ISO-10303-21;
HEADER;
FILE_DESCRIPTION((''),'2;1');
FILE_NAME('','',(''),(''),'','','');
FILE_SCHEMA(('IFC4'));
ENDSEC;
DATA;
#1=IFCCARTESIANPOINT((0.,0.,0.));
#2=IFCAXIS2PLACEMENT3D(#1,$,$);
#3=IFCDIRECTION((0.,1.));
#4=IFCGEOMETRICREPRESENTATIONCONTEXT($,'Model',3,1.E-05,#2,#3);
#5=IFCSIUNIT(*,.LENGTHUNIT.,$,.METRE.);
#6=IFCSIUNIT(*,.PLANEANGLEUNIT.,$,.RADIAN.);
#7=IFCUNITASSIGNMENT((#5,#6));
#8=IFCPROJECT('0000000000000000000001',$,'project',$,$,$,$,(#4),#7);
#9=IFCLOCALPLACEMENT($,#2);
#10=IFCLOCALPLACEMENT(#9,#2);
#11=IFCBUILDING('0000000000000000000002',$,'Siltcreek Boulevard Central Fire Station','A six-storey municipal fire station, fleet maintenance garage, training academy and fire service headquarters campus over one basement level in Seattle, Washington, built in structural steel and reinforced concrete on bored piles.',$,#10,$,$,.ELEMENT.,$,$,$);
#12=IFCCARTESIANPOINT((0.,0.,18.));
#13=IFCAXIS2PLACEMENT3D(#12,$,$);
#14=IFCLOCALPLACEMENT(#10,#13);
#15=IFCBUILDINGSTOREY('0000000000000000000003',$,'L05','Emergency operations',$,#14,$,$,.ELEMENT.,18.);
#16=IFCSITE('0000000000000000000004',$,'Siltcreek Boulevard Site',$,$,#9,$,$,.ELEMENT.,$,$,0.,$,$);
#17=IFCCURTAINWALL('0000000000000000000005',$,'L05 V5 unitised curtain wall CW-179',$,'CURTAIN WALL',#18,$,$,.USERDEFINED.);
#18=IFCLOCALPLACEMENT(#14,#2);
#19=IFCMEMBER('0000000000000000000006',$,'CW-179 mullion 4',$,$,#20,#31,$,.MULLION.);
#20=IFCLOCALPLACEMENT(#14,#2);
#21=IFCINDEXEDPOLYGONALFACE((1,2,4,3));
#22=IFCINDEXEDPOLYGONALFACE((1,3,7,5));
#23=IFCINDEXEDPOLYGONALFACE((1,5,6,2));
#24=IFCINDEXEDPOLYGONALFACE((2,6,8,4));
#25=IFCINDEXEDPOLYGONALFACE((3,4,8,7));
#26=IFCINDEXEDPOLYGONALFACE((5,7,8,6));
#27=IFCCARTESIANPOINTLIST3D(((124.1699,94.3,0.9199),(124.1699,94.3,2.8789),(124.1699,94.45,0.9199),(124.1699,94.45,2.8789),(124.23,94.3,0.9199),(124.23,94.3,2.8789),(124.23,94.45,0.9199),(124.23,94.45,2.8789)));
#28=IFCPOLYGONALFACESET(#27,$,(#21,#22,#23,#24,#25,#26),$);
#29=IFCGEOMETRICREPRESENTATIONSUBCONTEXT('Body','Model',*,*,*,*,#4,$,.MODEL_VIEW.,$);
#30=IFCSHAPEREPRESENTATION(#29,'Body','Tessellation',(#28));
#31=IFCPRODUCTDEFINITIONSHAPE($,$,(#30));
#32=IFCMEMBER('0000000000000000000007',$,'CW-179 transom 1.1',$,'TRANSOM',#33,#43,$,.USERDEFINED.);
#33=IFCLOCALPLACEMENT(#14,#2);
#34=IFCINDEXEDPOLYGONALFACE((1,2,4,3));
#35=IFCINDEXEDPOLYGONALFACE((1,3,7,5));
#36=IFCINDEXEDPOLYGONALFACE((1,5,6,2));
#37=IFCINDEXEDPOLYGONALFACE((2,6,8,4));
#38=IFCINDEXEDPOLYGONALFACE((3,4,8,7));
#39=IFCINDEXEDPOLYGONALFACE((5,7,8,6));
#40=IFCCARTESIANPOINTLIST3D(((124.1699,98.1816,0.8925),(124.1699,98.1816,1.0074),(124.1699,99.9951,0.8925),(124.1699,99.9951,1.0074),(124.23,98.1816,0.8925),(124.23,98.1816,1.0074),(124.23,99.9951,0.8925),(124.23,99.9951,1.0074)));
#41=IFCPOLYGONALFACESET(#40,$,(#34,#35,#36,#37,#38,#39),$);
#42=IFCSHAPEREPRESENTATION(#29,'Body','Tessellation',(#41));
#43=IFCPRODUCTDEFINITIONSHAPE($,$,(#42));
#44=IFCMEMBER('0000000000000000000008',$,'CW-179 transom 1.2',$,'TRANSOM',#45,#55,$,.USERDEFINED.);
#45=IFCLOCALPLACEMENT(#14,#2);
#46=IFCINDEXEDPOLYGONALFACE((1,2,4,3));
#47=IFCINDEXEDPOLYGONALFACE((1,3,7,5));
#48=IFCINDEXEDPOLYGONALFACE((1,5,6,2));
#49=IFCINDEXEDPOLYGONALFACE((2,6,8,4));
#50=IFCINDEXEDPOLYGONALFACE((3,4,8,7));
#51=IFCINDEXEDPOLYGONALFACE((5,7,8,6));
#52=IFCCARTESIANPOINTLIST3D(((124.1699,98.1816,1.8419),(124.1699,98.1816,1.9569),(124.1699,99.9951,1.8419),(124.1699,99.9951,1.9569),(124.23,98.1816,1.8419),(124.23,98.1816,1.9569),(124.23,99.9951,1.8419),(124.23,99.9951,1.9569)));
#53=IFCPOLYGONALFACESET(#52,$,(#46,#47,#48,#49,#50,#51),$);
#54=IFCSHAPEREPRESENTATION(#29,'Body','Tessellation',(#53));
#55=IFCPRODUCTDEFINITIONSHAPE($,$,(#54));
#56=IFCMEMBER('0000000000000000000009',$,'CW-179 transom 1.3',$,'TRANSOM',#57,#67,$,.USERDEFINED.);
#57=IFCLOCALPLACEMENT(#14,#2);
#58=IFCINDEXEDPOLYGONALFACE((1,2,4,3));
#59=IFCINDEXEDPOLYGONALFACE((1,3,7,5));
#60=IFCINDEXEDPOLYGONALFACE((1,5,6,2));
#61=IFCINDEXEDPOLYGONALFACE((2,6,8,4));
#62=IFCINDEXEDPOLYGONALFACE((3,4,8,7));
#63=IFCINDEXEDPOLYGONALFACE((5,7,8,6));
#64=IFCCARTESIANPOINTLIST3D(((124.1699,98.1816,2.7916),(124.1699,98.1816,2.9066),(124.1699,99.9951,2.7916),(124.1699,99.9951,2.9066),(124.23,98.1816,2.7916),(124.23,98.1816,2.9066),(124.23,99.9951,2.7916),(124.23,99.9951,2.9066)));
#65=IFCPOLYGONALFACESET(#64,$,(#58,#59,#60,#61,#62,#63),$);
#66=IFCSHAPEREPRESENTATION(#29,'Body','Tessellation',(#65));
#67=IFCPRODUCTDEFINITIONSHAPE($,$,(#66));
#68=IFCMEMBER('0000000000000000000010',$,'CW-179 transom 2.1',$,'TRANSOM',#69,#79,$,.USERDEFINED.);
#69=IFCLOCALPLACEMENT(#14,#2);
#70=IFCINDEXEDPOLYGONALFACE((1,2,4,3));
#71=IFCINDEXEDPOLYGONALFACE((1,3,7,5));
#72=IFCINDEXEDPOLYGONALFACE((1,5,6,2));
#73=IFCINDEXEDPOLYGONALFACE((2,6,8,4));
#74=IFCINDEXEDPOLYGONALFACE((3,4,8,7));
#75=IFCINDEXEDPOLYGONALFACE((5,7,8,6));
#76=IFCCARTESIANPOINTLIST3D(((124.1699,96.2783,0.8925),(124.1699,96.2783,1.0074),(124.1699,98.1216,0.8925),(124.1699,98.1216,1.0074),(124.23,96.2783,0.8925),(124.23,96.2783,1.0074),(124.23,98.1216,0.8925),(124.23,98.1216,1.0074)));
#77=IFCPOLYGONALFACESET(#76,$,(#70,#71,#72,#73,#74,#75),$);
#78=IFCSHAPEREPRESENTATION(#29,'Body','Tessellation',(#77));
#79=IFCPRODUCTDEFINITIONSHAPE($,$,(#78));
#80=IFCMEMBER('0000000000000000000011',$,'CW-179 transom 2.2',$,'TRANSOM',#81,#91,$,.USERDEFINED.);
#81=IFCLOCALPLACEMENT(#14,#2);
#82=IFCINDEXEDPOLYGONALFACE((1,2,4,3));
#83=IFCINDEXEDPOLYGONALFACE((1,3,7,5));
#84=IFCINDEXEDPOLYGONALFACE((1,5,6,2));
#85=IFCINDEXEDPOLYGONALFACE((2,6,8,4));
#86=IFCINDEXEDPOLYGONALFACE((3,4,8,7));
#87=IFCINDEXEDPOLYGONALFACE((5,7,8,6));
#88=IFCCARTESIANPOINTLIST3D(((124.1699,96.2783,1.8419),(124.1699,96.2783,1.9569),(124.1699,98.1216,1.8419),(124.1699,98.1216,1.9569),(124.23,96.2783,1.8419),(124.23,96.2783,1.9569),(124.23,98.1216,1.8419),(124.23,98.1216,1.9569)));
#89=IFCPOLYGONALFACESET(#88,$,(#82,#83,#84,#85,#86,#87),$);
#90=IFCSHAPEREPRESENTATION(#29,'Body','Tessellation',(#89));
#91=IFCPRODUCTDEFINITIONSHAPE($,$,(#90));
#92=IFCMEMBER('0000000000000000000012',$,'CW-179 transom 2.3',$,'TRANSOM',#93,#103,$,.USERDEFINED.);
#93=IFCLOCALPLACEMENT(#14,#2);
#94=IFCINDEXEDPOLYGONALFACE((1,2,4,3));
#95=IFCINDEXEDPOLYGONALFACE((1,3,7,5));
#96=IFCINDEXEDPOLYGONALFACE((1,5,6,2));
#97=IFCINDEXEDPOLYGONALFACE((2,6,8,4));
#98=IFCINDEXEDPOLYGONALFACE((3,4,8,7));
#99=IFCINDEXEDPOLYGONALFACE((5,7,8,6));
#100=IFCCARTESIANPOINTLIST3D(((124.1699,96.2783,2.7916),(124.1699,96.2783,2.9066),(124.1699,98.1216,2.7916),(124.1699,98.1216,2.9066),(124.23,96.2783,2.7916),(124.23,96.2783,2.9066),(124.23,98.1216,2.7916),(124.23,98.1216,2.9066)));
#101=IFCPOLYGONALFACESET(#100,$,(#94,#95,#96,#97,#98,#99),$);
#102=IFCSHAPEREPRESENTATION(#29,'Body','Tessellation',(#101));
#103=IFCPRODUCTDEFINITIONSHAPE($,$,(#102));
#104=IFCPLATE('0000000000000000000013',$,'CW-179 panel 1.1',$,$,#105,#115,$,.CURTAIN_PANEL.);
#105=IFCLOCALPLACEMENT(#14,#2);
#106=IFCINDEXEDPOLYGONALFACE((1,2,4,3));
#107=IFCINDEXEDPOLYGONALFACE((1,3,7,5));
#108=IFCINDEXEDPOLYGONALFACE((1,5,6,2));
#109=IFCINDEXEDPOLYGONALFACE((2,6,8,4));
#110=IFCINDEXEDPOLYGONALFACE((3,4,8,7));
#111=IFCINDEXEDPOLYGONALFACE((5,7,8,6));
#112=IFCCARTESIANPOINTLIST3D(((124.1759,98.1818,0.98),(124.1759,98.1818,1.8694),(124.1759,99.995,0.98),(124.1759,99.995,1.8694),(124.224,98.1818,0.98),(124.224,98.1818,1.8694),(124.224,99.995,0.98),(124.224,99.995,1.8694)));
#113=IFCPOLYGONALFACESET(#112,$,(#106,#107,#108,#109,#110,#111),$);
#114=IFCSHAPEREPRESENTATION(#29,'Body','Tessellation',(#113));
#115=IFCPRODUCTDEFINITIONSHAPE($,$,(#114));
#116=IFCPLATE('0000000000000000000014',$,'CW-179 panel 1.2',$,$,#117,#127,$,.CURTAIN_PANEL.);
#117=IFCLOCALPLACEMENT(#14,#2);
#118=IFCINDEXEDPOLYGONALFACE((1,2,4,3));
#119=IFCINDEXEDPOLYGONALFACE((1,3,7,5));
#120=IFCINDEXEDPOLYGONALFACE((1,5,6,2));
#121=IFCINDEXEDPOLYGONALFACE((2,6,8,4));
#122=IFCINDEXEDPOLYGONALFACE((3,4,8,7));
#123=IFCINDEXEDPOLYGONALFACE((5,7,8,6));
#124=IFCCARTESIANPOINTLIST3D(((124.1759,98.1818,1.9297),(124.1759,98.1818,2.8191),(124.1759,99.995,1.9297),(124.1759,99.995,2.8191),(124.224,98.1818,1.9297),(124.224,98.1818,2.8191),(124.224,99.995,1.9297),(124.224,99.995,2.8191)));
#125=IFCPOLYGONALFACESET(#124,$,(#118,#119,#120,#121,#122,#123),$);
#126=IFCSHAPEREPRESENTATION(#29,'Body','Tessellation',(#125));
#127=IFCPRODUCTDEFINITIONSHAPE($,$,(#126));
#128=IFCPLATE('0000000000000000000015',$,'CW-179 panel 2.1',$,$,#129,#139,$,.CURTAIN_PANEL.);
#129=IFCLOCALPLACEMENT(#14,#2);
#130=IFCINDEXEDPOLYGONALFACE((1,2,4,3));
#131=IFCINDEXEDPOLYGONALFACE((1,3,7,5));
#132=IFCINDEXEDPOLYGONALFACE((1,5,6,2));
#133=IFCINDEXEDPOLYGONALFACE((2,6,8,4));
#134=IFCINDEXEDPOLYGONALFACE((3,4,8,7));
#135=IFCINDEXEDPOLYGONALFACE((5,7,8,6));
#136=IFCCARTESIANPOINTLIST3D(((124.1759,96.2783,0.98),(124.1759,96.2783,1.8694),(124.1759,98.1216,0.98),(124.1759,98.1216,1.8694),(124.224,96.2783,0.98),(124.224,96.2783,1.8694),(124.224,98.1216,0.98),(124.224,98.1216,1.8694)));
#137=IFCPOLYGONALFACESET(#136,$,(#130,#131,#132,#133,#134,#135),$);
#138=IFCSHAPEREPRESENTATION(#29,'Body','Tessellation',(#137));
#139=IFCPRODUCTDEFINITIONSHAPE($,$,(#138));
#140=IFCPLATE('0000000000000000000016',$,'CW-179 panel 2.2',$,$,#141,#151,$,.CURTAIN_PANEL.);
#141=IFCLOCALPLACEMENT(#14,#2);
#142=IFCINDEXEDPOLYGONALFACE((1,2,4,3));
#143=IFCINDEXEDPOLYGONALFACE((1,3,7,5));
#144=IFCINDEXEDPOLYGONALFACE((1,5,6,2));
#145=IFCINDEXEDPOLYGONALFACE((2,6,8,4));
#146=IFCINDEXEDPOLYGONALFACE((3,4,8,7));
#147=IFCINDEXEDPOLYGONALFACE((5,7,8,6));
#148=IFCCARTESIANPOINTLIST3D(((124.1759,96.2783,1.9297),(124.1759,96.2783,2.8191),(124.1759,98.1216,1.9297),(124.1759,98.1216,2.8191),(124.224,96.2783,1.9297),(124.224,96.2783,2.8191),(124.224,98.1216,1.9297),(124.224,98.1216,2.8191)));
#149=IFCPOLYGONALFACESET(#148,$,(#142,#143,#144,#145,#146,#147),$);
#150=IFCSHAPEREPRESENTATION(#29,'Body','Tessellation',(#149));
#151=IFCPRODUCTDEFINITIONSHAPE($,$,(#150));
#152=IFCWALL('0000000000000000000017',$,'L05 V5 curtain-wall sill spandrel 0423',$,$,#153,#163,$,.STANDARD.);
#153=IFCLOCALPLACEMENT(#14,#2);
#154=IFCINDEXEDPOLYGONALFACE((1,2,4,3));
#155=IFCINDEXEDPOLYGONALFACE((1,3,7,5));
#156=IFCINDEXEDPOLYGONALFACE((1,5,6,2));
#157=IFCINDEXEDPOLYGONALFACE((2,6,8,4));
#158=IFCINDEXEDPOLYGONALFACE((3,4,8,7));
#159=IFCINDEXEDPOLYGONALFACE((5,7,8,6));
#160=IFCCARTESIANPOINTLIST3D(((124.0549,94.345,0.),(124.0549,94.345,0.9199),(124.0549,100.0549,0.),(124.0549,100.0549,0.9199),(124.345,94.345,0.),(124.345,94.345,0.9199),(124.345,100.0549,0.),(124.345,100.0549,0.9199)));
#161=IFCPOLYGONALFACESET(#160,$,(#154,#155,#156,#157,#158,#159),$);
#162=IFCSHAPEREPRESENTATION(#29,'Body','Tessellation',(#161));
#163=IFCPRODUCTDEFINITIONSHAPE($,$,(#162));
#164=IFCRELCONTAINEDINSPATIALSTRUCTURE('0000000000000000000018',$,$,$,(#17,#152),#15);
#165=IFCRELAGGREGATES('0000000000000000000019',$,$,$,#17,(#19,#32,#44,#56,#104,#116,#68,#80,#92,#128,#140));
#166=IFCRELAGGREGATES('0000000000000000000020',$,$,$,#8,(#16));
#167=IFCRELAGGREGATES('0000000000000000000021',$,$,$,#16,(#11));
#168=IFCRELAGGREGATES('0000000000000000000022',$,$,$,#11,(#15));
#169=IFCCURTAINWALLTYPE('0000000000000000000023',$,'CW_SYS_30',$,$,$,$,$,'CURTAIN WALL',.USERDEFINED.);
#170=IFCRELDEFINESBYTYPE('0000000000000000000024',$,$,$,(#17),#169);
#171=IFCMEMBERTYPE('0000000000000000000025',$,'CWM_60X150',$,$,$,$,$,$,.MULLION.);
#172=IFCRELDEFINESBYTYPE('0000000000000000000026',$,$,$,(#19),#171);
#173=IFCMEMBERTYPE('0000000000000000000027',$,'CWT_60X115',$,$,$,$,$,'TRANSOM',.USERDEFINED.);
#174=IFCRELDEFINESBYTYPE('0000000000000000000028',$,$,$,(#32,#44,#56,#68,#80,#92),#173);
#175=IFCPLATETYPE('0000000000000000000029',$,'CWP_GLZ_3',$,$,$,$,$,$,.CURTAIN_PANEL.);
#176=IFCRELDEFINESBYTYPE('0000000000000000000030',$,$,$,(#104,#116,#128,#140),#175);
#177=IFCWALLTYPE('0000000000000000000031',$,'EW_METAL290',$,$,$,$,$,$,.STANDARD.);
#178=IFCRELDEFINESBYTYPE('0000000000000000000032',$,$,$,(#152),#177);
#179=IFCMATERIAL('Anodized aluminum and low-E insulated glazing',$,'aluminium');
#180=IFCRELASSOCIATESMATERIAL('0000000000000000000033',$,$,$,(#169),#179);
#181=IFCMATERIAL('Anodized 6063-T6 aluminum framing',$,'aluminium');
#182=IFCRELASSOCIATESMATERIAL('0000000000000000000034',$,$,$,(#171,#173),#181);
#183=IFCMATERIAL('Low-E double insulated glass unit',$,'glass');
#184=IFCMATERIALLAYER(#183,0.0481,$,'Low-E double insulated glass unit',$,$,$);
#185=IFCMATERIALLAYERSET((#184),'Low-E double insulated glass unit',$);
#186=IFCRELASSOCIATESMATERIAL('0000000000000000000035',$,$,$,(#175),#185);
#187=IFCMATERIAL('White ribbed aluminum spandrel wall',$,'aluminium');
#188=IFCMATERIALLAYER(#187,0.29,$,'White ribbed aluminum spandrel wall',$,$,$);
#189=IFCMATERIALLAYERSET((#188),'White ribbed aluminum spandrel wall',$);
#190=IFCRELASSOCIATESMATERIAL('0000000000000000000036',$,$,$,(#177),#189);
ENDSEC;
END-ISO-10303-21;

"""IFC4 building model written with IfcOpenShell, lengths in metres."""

from ifc_helpers import new_model, si_unit, direction, frame, frame_2d, origin, origin_2d, place, context, subcontext, project, spatial, rectangle, extrude, material, layer, layer_set, material_profile, profile_set, type_object, element, aggregate, save


model = new_model("IFC4")

# Units and contexts
model_context = context("Model", 3, precision=1e-05, world=origin(), true_north=direction((0.0, 1.0)))
body_context = subcontext(model_context, "Body", "Model", "MODEL_VIEW")
ifc_project = project(units=[si_unit("LENGTHUNIT", "METRE"), si_unit("PLANEANGLEUNIT", "RADIAN")], contexts=[model_context])

# Site, building, storey
site_placement = place(None, origin())
site = spatial("IfcSite", under=ifc_project, at=site_placement, Name="Siltcreek Boulevard Site", CompositionType="ELEMENT", RefElevation=0.0)
building_placement = place(site_placement, origin())
building = spatial("IfcBuilding", under=site, at=building_placement, Name="Siltcreek Boulevard Central Fire Station", Description="A six-storey municipal fire station, fleet maintenance garage, training academy and fire service headquarters campus over one basement level in Seattle, Washington, built in structural steel and reinforced concrete on bored piles.", CompositionType="ELEMENT")
storey_placement = place(building_placement, frame((0.0, 0.0, 18.0)))
storey = spatial("IfcBuildingStorey", under=building, at=storey_placement, Name="L05", Description="Emergency operations", CompositionType="ELEMENT", Elevation=18.0)

# Curtain wall, members, plates
ifc_material_1 = material(Name="Anodized aluminum and low-E insulated glazing", Category="aluminium")
curtain_wall_type = type_object("IfcCurtainWallType", Name="CW_SYS_30", ElementType="CURTAIN WALL", PredefinedType="USERDEFINED", material=ifc_material_1)
curtain_wall_placement = place(storey_placement, origin())
curtain_wall = element("IfcCurtainWall", 1, at=curtain_wall_placement, inside=storey, type_object=curtain_wall_type, Name="L05 V5 unitised curtain wall CW-179", ObjectType="CURTAIN WALL", PredefinedType="USERDEFINED")
ifc_material_2 = material(Name="Anodized 6063-T6 aluminum framing", Category="aluminium")
ifc_material_profile_1 = material_profile(ifc_material_2, rectangle(XDim=0.0601, YDim=0.1499, at=origin_2d()), Name="MULL60X150")
ifc_profile_set_1 = profile_set([ifc_material_profile_1], Name="Anodized 6063-T6 aluminum framing")
member_type_1 = type_object("IfcMemberType", Name="CWM_60X150", PredefinedType="MULLION", material=ifc_profile_set_1)
member_1_placement = place(storey_placement, frame((124.2, 94.375, 0.9199), z_axis=(0.0, 0.0, 1.0), x_axis=(1.0, 0.0, 0.0)))
member_1 = element("IfcMember", 2, at=member_1_placement, type_object=member_type_1, Name="CW-179 mullion 4", PredefinedType="MULLION", context=body_context, shape_type="SweptSolid", body=[
    extrude(rectangle(XDim=0.0601, YDim=0.1499, at=origin_2d()), origin(), (0.0, 0.0, 1.0), 1.959),
])
ifc_material_profile_2 = material_profile(ifc_material_2, rectangle(XDim=0.0601, YDim=0.115, at=origin_2d()), Name="TRAN60X115")
ifc_profile_set_2 = profile_set([ifc_material_profile_2], Name="Anodized 6063-T6 aluminum framing")
member_type_2 = type_object("IfcMemberType", Name="CWT_60X115", ElementType="TRANSOM", PredefinedType="USERDEFINED", material=ifc_profile_set_2)
member_2_placement = place(storey_placement, frame((124.2, 99.9951, 0.95), z_axis=(0.0, -1.0, 0.0), x_axis=(1.0, 0.0, 0.0)))
member_2 = element("IfcMember", 3, at=member_2_placement, type_object=member_type_2, Name="CW-179 transom 1.1", ObjectType="TRANSOM", PredefinedType="USERDEFINED", context=body_context, shape_type="SweptSolid", body=[
    extrude(rectangle(XDim=0.0601, YDim=0.115, at=origin_2d()), origin(), (0.0, 0.0, 1.0), 1.8135),
])
member_3_placement = place(storey_placement, frame((124.2, 99.9951, 1.8994), z_axis=(0.0, -1.0, 0.0), x_axis=(1.0, 0.0, 0.0)))
member_3 = element("IfcMember", 4, at=member_3_placement, type_object=member_type_2, Name="CW-179 transom 1.2", ObjectType="TRANSOM", PredefinedType="USERDEFINED", context=body_context, shape_type="SweptSolid", body=[
    extrude(rectangle(XDim=0.0601, YDim=0.115, at=origin_2d()), origin(), (0.0, 0.0, 1.0), 1.8135),
])
member_4_placement = place(storey_placement, frame((124.2, 99.9951, 2.8491), z_axis=(0.0, -1.0, 0.0), x_axis=(1.0, 0.0, 0.0)))
member_4 = element("IfcMember", 5, at=member_4_placement, type_object=member_type_2, Name="CW-179 transom 1.3", ObjectType="TRANSOM", PredefinedType="USERDEFINED", context=body_context, shape_type="SweptSolid", body=[
    extrude(rectangle(XDim=0.0601, YDim=0.115, at=origin_2d()), origin(), (0.0, 0.0, 1.0), 1.8135),
])
member_5_placement = place(storey_placement, frame((124.2, 98.1216, 0.95), z_axis=(0.0, -1.0, 0.0), x_axis=(1.0, 0.0, 0.0)))
member_5 = element("IfcMember", 6, at=member_5_placement, type_object=member_type_2, Name="CW-179 transom 2.1", ObjectType="TRANSOM", PredefinedType="USERDEFINED", context=body_context, shape_type="SweptSolid", body=[
    extrude(rectangle(XDim=0.0601, YDim=0.115, at=origin_2d()), origin(), (0.0, 0.0, 1.0), 1.8433),
])
member_6_placement = place(storey_placement, frame((124.2, 98.1216, 1.8994), z_axis=(0.0, -1.0, 0.0), x_axis=(1.0, 0.0, 0.0)))
member_6 = element("IfcMember", 7, at=member_6_placement, type_object=member_type_2, Name="CW-179 transom 2.2", ObjectType="TRANSOM", PredefinedType="USERDEFINED", context=body_context, shape_type="SweptSolid", body=[
    extrude(rectangle(XDim=0.0601, YDim=0.115, at=origin_2d()), origin(), (0.0, 0.0, 1.0), 1.8433),
])
member_7_placement = place(storey_placement, frame((124.2, 98.1216, 2.8491), z_axis=(0.0, -1.0, 0.0), x_axis=(1.0, 0.0, 0.0)))
member_7 = element("IfcMember", 8, at=member_7_placement, type_object=member_type_2, Name="CW-179 transom 2.3", ObjectType="TRANSOM", PredefinedType="USERDEFINED", context=body_context, shape_type="SweptSolid", body=[
    extrude(rectangle(XDim=0.0601, YDim=0.115, at=origin_2d()), origin(), (0.0, 0.0, 1.0), 1.8433),
])
ifc_material_3 = material(Name="Low-E double insulated glass unit", Category="glass")
ifc_layer_1 = layer(ifc_material_3, 0.0481, Name="Low-E double insulated glass unit")
ifc_layer_set_1 = layer_set([ifc_layer_1], Name="Low-E double insulated glass unit")
plate_type = type_object("IfcPlateType", Name="CWP_GLZ_3", PredefinedType="CURTAIN_PANEL", material=ifc_layer_set_1)
plate_1_placement = place(storey_placement, frame((124.2, 99.0884, 0.98), z_axis=(0.0, 0.0, 1.0), x_axis=(0.0, -1.0, 0.0)))
plate_1 = element("IfcPlate", 9, at=plate_1_placement, type_object=plate_type, Name="CW-179 panel 1.1", PredefinedType="CURTAIN_PANEL", context=body_context, shape_type="SweptSolid", body=[
    extrude(rectangle(XDim=1.8132, YDim=0.0481, at=origin_2d()), origin(), (0.0, 0.0, 1.0), 0.8894),
])
plate_2_placement = place(storey_placement, frame((124.2, 99.0884, 1.9297), z_axis=(0.0, 0.0, 1.0), x_axis=(0.0, -1.0, 0.0)))
plate_2 = element("IfcPlate", 10, at=plate_2_placement, type_object=plate_type, Name="CW-179 panel 1.2", PredefinedType="CURTAIN_PANEL", context=body_context, shape_type="SweptSolid", body=[
    extrude(rectangle(XDim=1.8132, YDim=0.0481, at=origin_2d()), origin(), (0.0, 0.0, 1.0), 0.8894),
])
plate_3_placement = place(storey_placement, frame((124.2, 97.2, 0.98), z_axis=(0.0, 0.0, 1.0), x_axis=(0.0, -1.0, 0.0)))
plate_3 = element("IfcPlate", 11, at=plate_3_placement, type_object=plate_type, Name="CW-179 panel 2.1", PredefinedType="CURTAIN_PANEL", context=body_context, shape_type="SweptSolid", body=[
    extrude(rectangle(XDim=1.8433, YDim=0.0481, at=origin_2d()), origin(), (0.0, 0.0, 1.0), 0.8894),
])
plate_4_placement = place(storey_placement, frame((124.2, 97.2, 1.9297), z_axis=(0.0, 0.0, 1.0), x_axis=(0.0, -1.0, 0.0)))
plate_4 = element("IfcPlate", 12, at=plate_4_placement, type_object=plate_type, Name="CW-179 panel 2.2", PredefinedType="CURTAIN_PANEL", context=body_context, shape_type="SweptSolid", body=[
    extrude(rectangle(XDim=1.8433, YDim=0.0481, at=origin_2d()), origin(), (0.0, 0.0, 1.0), 0.8894),
])
aggregate(curtain_wall, [member_1, member_2, member_3, member_4, plate_1, plate_2, member_5, member_6, member_7, plate_3, plate_4])

# Wall
ifc_material_4 = material(Name="White ribbed aluminum spandrel wall", Category="aluminium")
ifc_layer_2 = layer(ifc_material_4, 0.29, Name="White ribbed aluminum spandrel wall")
ifc_layer_set_2 = layer_set([ifc_layer_2], Name="White ribbed aluminum spandrel wall")
wall_type = type_object("IfcWallType", Name="EW_METAL290", PredefinedType="STANDARD", material=ifc_layer_set_2)
wall_placement = place(storey_placement, frame((124.2, 100.0549, 0.0), z_axis=(0.0, 0.0, 1.0), x_axis=(0.0, -1.0, 0.0)))
element("IfcWall", 13, at=wall_placement, inside=storey, type_object=wall_type, Name="L05 V5 curtain-wall sill spandrel 0423", PredefinedType="STANDARD", context=body_context, shape_type="SweptSolid", body=[
    extrude(rectangle(XDim=5.71, YDim=0.29, at=frame_2d((2.855, 0.0))), origin(), (0.0, 0.0, 1.0), 0.9199),
])

save(model, "model.ifc")
